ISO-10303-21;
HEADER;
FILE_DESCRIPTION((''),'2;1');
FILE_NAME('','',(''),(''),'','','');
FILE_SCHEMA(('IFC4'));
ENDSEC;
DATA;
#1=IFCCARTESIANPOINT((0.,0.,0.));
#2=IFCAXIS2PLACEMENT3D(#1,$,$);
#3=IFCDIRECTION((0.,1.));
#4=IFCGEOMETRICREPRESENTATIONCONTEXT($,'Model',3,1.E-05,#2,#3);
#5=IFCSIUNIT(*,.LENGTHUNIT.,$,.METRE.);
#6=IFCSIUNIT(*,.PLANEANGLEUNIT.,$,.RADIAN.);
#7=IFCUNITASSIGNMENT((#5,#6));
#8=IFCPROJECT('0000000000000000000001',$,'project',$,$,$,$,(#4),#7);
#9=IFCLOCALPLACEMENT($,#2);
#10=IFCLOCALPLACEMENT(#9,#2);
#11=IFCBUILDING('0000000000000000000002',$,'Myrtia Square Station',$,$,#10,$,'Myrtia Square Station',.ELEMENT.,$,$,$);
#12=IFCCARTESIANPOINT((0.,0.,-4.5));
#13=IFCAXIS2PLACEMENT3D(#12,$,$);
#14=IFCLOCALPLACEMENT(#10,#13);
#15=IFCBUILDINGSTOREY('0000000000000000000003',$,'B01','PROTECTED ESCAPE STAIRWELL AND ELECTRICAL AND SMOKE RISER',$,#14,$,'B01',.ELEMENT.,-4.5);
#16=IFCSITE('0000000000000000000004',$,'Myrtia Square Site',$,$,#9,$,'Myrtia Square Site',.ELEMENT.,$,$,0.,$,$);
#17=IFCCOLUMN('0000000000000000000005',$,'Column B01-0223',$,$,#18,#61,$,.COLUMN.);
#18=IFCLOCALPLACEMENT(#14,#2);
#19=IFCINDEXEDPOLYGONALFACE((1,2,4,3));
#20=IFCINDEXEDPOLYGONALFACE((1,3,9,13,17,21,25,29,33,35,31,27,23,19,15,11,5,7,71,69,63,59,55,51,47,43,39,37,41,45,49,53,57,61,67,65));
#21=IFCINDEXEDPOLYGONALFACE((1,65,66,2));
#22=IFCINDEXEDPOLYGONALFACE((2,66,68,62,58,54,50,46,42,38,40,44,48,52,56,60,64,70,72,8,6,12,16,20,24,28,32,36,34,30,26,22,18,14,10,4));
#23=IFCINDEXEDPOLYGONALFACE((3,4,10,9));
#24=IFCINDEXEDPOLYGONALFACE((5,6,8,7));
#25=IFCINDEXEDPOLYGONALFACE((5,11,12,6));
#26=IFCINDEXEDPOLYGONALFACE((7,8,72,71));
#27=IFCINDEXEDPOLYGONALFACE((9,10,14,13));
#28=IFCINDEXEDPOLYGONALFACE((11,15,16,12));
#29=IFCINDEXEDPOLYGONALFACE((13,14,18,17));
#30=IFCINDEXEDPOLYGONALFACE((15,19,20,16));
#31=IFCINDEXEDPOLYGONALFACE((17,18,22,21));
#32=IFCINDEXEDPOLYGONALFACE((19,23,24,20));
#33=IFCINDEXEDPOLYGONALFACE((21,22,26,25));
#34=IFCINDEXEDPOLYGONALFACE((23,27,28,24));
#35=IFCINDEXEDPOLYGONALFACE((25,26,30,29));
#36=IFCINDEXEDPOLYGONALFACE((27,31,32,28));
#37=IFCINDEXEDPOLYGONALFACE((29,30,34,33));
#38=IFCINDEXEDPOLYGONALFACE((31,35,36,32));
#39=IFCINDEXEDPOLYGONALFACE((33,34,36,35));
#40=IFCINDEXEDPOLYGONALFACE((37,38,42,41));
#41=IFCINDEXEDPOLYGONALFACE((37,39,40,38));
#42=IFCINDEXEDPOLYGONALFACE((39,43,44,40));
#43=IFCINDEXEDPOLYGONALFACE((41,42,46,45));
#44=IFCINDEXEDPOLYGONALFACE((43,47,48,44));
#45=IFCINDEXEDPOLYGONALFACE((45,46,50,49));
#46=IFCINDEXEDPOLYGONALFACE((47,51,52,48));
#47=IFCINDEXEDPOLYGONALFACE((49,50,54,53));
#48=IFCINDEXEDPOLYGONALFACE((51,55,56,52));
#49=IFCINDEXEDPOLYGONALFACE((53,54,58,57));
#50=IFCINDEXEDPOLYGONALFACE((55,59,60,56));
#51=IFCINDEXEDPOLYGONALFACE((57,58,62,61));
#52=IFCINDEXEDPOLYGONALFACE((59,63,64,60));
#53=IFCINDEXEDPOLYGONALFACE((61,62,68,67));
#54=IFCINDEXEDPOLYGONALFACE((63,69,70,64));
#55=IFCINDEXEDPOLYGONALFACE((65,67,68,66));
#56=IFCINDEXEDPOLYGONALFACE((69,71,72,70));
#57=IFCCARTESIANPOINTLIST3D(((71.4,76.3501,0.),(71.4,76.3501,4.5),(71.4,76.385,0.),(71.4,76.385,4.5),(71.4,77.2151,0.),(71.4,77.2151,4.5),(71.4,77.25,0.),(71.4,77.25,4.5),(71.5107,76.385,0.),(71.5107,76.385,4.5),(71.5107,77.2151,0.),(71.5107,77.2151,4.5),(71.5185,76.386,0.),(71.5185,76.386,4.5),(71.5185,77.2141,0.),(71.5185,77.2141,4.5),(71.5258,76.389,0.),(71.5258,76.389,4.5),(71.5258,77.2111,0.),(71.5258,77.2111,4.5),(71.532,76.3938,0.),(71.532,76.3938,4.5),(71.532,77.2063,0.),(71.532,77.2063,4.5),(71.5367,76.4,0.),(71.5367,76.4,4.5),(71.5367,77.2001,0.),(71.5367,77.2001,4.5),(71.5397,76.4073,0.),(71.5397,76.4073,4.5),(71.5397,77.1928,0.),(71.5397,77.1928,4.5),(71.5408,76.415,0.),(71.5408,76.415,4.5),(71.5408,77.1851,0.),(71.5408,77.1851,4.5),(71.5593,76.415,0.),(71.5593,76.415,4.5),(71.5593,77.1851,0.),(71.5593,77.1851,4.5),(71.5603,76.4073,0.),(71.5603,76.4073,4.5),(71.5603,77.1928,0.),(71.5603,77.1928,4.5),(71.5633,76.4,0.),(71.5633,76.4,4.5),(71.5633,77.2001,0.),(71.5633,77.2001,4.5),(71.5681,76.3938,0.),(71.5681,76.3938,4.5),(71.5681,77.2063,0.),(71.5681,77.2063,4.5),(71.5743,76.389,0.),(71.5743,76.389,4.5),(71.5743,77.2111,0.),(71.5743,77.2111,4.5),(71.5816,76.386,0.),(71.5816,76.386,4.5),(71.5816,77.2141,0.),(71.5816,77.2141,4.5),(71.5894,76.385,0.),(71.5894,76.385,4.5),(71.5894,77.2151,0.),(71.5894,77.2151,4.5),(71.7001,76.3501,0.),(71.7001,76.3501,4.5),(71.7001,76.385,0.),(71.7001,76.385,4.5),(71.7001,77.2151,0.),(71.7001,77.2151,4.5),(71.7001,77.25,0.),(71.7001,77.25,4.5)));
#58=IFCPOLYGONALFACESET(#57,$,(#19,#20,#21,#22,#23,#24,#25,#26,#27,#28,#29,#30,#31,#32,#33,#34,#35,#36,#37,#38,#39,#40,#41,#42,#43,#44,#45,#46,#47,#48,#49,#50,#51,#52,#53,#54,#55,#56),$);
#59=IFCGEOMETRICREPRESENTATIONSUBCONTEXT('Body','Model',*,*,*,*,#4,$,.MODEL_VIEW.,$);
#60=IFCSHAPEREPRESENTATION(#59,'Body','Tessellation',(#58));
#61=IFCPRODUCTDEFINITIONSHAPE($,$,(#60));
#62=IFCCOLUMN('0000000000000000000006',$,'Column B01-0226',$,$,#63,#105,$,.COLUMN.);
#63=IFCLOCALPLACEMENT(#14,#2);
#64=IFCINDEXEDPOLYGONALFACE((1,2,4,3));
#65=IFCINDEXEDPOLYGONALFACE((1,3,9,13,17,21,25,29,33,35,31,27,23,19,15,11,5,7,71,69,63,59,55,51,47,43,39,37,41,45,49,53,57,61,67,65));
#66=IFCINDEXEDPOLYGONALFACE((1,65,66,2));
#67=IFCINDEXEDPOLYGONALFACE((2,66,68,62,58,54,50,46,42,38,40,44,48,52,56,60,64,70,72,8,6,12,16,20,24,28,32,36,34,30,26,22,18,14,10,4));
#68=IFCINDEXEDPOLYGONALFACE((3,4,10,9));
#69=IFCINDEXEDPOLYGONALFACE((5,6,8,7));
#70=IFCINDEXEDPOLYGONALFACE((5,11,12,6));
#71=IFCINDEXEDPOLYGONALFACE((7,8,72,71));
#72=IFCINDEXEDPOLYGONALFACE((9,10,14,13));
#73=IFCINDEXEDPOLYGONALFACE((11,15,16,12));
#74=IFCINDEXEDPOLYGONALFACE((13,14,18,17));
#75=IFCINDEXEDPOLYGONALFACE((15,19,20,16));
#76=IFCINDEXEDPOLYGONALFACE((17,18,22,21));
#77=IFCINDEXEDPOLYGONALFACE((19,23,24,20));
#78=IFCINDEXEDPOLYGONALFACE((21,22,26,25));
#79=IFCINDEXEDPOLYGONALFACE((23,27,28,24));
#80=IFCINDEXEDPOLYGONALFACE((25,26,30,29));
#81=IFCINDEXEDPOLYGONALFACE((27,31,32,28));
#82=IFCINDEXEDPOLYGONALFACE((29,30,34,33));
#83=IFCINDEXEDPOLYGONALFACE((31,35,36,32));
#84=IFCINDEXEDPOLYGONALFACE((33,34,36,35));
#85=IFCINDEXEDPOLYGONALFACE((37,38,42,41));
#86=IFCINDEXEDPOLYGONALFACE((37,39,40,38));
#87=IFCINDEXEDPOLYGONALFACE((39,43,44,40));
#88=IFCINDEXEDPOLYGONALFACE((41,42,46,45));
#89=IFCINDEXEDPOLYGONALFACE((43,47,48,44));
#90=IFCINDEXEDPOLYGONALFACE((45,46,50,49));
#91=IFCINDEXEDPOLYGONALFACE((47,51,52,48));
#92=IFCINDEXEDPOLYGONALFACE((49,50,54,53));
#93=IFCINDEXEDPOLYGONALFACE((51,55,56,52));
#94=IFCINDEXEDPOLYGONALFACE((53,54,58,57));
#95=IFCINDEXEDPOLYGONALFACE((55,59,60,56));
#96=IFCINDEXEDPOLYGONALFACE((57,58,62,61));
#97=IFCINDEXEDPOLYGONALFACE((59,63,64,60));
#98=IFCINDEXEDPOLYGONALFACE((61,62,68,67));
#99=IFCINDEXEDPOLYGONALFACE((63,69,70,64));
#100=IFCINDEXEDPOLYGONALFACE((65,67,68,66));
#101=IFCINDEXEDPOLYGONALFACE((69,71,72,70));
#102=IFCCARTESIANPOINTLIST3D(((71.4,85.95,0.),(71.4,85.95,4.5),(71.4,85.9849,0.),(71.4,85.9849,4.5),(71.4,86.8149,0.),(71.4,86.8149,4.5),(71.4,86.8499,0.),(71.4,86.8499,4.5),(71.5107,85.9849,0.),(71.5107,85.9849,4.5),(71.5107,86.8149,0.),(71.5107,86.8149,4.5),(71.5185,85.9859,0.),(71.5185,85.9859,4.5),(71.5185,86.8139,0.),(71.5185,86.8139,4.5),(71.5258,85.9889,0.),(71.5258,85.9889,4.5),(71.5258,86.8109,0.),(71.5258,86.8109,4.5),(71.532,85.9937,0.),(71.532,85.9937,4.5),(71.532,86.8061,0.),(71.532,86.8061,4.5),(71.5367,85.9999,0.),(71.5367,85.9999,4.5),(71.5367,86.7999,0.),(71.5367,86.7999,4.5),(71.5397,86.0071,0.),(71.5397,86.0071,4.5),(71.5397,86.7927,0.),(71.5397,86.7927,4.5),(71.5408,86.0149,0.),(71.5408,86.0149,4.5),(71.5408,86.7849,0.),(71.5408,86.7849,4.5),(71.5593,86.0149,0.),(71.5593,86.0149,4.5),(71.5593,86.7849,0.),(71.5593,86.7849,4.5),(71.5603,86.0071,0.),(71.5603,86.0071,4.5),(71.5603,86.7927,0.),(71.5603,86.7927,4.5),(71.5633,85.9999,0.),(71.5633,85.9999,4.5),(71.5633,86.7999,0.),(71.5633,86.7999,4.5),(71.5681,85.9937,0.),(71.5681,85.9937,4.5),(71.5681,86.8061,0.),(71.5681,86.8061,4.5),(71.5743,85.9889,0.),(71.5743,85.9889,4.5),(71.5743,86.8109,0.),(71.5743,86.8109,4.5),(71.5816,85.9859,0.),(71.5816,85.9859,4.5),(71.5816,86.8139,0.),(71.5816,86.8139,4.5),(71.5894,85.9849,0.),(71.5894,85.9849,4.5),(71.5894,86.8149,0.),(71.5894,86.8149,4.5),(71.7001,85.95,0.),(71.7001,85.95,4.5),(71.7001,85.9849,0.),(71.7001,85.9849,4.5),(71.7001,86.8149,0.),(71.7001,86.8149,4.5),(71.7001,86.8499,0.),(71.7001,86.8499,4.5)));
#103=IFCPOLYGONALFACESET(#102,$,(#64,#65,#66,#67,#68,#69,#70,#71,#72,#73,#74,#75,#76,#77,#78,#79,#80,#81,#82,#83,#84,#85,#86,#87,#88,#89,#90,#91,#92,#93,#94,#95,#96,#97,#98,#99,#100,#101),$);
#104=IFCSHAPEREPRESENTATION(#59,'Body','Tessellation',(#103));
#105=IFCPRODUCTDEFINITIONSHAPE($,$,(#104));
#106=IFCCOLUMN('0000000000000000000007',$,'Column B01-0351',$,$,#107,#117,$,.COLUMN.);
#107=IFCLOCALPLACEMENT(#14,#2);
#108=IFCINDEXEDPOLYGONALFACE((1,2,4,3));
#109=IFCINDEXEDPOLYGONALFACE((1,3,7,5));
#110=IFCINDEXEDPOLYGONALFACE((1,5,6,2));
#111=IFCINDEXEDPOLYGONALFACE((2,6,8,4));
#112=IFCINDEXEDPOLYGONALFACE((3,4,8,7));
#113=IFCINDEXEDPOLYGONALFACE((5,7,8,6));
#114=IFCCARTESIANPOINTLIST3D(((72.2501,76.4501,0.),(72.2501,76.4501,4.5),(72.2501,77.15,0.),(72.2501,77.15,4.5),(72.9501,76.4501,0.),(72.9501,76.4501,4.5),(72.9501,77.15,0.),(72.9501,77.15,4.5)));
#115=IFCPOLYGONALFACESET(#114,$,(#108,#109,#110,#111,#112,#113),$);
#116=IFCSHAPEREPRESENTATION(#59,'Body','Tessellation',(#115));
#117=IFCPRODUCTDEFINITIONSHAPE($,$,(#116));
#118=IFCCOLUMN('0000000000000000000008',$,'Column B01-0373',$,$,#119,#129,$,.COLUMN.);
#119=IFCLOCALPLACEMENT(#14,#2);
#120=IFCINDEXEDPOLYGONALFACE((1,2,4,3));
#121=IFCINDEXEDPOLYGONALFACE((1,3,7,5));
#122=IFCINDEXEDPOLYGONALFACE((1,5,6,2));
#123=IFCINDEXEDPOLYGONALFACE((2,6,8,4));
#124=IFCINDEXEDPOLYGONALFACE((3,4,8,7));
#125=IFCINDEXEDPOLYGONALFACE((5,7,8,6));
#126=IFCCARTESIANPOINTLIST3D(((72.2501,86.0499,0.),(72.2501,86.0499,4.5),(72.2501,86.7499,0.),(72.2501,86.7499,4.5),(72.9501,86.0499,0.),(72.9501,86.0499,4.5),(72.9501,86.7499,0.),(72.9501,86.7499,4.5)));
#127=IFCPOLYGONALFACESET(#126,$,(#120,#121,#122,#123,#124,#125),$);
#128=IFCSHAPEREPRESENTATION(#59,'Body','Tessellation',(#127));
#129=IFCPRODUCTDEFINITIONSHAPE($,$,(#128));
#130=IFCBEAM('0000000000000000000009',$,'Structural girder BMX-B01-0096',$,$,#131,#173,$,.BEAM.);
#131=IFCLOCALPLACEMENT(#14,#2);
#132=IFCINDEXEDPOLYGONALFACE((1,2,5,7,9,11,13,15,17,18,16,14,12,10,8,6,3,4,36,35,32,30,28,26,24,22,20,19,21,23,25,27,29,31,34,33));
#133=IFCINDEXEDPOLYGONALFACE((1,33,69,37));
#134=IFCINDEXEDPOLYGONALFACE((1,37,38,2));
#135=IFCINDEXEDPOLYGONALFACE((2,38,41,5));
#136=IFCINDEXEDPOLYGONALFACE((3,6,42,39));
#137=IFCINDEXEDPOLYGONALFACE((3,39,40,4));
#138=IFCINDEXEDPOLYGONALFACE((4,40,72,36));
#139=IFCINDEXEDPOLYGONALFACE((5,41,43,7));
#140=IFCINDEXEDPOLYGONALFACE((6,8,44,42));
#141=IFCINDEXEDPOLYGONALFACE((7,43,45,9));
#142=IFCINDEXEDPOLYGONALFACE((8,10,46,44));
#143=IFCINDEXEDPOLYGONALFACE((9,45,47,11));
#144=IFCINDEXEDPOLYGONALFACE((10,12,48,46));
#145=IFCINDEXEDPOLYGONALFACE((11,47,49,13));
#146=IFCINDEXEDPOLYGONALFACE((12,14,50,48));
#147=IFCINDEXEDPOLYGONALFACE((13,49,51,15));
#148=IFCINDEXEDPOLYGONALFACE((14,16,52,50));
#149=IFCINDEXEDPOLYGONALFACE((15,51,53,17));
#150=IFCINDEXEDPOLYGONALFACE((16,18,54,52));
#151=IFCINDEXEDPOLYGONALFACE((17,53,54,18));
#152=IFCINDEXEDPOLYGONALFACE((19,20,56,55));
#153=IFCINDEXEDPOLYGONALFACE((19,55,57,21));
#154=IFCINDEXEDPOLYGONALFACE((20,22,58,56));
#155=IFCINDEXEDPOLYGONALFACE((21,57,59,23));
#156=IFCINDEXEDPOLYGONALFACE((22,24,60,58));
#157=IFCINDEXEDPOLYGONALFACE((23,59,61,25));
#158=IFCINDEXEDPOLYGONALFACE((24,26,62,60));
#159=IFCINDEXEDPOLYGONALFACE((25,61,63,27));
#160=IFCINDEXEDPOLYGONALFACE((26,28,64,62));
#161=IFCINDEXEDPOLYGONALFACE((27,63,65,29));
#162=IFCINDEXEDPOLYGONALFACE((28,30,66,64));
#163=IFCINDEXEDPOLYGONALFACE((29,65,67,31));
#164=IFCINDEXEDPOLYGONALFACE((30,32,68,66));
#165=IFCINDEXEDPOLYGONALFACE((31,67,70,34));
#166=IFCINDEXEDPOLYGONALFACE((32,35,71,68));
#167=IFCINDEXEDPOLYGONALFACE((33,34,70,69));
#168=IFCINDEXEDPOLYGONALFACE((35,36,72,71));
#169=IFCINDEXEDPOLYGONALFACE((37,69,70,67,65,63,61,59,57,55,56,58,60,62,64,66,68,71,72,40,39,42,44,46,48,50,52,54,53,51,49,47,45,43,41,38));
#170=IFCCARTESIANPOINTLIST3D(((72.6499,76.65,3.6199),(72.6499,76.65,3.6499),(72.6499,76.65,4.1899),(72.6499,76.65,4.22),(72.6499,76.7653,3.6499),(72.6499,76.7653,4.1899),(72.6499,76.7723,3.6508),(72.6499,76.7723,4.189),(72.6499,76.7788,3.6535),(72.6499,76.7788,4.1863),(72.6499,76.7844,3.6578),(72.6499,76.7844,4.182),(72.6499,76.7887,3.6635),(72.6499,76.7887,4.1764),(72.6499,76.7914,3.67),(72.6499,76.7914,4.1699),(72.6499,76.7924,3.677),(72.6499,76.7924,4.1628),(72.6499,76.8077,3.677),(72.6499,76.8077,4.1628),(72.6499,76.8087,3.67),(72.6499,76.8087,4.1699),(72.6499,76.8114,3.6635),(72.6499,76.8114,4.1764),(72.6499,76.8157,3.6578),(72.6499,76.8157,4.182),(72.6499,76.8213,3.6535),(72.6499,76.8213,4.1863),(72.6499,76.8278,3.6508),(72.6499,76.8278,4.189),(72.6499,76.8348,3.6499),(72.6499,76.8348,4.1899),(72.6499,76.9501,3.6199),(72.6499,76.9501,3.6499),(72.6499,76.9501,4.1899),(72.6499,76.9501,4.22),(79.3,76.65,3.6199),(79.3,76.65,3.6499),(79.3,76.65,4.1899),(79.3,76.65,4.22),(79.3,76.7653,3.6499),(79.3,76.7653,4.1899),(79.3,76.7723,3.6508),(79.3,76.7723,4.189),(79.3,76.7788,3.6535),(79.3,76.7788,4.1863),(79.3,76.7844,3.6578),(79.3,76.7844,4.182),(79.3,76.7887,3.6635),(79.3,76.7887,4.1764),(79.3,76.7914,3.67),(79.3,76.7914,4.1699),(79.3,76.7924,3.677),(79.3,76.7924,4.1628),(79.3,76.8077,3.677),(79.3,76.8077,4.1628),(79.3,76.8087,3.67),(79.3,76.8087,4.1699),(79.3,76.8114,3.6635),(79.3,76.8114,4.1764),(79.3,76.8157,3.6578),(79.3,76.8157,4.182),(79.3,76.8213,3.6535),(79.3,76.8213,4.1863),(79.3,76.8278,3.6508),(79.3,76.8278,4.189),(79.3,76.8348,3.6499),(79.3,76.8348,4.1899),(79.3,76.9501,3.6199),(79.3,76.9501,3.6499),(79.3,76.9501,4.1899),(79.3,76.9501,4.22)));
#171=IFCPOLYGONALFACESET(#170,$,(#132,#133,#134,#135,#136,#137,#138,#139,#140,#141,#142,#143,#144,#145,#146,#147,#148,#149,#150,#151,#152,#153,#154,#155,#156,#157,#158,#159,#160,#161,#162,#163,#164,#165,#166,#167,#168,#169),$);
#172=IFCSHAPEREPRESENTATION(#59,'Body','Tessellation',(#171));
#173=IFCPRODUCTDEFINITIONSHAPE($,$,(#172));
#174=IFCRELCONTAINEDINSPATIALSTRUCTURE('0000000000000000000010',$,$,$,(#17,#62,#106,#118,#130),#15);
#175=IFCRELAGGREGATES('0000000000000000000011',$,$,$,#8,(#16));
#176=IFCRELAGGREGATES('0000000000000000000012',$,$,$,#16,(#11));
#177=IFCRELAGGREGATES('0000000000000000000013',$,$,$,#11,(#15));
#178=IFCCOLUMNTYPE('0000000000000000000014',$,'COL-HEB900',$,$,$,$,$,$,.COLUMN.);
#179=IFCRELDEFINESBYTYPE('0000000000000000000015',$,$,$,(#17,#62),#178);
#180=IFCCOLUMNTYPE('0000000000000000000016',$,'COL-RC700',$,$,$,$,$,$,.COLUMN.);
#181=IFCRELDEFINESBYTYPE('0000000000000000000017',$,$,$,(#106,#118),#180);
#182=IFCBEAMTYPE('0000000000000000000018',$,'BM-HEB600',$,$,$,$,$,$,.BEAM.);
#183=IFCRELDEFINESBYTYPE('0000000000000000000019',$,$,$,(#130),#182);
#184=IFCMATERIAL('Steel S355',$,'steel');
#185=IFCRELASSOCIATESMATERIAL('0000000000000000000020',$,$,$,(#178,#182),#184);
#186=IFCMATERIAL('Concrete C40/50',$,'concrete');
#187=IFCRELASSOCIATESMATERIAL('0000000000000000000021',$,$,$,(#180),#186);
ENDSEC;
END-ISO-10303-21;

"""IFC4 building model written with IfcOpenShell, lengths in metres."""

from ifc_helpers import new_model, si_unit, direction, frame, origin, origin_2d, place, context, subcontext, project, spatial, rectangle, i_section, extrude, material, material_profile, profile_set, type_object, element, save


model = new_model("IFC4")

# Units and contexts
model_context = context("Model", 3, precision=1e-05, world=origin(), true_north=direction((0.0, 1.0)))
body_context = subcontext(model_context, "Body", "Model", "MODEL_VIEW")
ifc_project = project(units=[si_unit("LENGTHUNIT", "METRE"), si_unit("PLANEANGLEUNIT", "RADIAN")], contexts=[model_context])

# Site, building, storey
site_placement = place(None, origin())
site = spatial("IfcSite", under=ifc_project, at=site_placement, Name="Myrtia Square Site", LongName="Myrtia Square Site", CompositionType="ELEMENT", RefElevation=0.0)
building_placement = place(site_placement, origin())
building = spatial("IfcBuilding", under=site, at=building_placement, Name="Myrtia Square Station", LongName="Myrtia Square Station", CompositionType="ELEMENT")
storey_placement = place(building_placement, frame((0.0, 0.0, -4.5)))
storey = spatial("IfcBuildingStorey", under=building, at=storey_placement, Name="B01", Description="PROTECTED ESCAPE STAIRWELL AND ELECTRICAL AND SMOKE RISER", LongName="B01", CompositionType="ELEMENT", Elevation=-4.5)

# Columns
ifc_material_1 = material(Name="Steel S355", Category="steel")
ifc_material_profile_1 = material_profile(ifc_material_1, i_section(OverallWidth=0.3, OverallDepth=0.8999, WebThickness=0.0186, FlangeThickness=0.0349, FilletRadius=0.03, at=origin_2d()), Name="HEB 900")
ifc_profile_set_1 = profile_set([ifc_material_profile_1], Name="Steel S355")
column_type_1 = type_object("IfcColumnType", Name="COL-HEB900", PredefinedType="COLUMN", material=ifc_profile_set_1)
for number, where, z_axis, x_axis, name in (
    (1, (71.55, 76.8, 0.0), (0.0, 0.0, 1.0), (1.0, 0.0, 0.0), "Column B01-0223"),
    (2, (71.55, 86.3999, 0.0), (0.0, 0.0, 1.0), (1.0, 0.0, 0.0), "Column B01-0226"),
):
    element("IfcColumn", number, at=place(storey_placement, frame(where, z_axis=z_axis, x_axis=x_axis)), inside=storey, type_object=column_type_1, Name=name, PredefinedType="COLUMN", context=body_context, shape_type="SweptSolid", body=[
        extrude(i_section(OverallWidth=0.3, OverallDepth=0.8999, WebThickness=0.0186, FlangeThickness=0.0349, FilletRadius=0.03, at=origin_2d()), origin(), (0.0, 0.0, 1.0), 4.5),
    ])
ifc_material_2 = material(Name="Concrete C40/50", Category="concrete")
ifc_material_profile_2 = material_profile(ifc_material_2, rectangle(XDim=0.7, YDim=0.7, at=origin_2d()), Name="RC 700x700")
ifc_profile_set_2 = profile_set([ifc_material_profile_2], Name="Concrete C40/50")
column_type_2 = type_object("IfcColumnType", Name="COL-RC700", PredefinedType="COLUMN", material=ifc_profile_set_2)
for number, where, z_axis, x_axis, name in (
    (3, (72.6001, 76.8, 0.0), (0.0, 0.0, 1.0), (1.0, 0.0, 0.0), "Column B01-0351"),
    (4, (72.6001, 86.3999, 0.0), (0.0, 0.0, 1.0), (1.0, 0.0, 0.0), "Column B01-0373"),
):
    element("IfcColumn", number, at=place(storey_placement, frame(where, z_axis=z_axis, x_axis=x_axis)), inside=storey, type_object=column_type_2, Name=name, PredefinedType="COLUMN", context=body_context, shape_type="SweptSolid", body=[
        extrude(rectangle(XDim=0.7, YDim=0.7, at=origin_2d()), origin(), (0.0, 0.0, 1.0), 4.5),
    ])

# Beam
ifc_material_profile_3 = material_profile(ifc_material_1, i_section(OverallWidth=0.3, OverallDepth=0.6001, WebThickness=0.0154, FlangeThickness=0.03, FilletRadius=0.0271, at=origin_2d()), Name="HEB 600")
ifc_profile_set_3 = profile_set([ifc_material_profile_3], Name="Steel S355")
beam_type_1 = type_object("IfcBeamType", Name="BM-HEB600", PredefinedType="BEAM", material=ifc_profile_set_3)
for number, where, z_axis, x_axis, name in (
    (5, (72.6499, 76.8, 3.9199), (1.0, 0.0, 0.0), (0.0, 1.0, 0.0), "Structural girder BMX-B01-0096"),
):
    element("IfcBeam", number, at=place(storey_placement, frame(where, z_axis=z_axis, x_axis=x_axis)), inside=storey, type_object=beam_type_1, Name=name, PredefinedType="BEAM", context=body_context, shape_type="SweptSolid", body=[
        extrude(i_section(OverallWidth=0.3, OverallDepth=0.6001, WebThickness=0.0154, FlangeThickness=0.03, FilletRadius=0.0271, at=origin_2d()), origin(), (0.0, 0.0, 1.0), 6.6501),
    ])

save(model, "model.ifc")
